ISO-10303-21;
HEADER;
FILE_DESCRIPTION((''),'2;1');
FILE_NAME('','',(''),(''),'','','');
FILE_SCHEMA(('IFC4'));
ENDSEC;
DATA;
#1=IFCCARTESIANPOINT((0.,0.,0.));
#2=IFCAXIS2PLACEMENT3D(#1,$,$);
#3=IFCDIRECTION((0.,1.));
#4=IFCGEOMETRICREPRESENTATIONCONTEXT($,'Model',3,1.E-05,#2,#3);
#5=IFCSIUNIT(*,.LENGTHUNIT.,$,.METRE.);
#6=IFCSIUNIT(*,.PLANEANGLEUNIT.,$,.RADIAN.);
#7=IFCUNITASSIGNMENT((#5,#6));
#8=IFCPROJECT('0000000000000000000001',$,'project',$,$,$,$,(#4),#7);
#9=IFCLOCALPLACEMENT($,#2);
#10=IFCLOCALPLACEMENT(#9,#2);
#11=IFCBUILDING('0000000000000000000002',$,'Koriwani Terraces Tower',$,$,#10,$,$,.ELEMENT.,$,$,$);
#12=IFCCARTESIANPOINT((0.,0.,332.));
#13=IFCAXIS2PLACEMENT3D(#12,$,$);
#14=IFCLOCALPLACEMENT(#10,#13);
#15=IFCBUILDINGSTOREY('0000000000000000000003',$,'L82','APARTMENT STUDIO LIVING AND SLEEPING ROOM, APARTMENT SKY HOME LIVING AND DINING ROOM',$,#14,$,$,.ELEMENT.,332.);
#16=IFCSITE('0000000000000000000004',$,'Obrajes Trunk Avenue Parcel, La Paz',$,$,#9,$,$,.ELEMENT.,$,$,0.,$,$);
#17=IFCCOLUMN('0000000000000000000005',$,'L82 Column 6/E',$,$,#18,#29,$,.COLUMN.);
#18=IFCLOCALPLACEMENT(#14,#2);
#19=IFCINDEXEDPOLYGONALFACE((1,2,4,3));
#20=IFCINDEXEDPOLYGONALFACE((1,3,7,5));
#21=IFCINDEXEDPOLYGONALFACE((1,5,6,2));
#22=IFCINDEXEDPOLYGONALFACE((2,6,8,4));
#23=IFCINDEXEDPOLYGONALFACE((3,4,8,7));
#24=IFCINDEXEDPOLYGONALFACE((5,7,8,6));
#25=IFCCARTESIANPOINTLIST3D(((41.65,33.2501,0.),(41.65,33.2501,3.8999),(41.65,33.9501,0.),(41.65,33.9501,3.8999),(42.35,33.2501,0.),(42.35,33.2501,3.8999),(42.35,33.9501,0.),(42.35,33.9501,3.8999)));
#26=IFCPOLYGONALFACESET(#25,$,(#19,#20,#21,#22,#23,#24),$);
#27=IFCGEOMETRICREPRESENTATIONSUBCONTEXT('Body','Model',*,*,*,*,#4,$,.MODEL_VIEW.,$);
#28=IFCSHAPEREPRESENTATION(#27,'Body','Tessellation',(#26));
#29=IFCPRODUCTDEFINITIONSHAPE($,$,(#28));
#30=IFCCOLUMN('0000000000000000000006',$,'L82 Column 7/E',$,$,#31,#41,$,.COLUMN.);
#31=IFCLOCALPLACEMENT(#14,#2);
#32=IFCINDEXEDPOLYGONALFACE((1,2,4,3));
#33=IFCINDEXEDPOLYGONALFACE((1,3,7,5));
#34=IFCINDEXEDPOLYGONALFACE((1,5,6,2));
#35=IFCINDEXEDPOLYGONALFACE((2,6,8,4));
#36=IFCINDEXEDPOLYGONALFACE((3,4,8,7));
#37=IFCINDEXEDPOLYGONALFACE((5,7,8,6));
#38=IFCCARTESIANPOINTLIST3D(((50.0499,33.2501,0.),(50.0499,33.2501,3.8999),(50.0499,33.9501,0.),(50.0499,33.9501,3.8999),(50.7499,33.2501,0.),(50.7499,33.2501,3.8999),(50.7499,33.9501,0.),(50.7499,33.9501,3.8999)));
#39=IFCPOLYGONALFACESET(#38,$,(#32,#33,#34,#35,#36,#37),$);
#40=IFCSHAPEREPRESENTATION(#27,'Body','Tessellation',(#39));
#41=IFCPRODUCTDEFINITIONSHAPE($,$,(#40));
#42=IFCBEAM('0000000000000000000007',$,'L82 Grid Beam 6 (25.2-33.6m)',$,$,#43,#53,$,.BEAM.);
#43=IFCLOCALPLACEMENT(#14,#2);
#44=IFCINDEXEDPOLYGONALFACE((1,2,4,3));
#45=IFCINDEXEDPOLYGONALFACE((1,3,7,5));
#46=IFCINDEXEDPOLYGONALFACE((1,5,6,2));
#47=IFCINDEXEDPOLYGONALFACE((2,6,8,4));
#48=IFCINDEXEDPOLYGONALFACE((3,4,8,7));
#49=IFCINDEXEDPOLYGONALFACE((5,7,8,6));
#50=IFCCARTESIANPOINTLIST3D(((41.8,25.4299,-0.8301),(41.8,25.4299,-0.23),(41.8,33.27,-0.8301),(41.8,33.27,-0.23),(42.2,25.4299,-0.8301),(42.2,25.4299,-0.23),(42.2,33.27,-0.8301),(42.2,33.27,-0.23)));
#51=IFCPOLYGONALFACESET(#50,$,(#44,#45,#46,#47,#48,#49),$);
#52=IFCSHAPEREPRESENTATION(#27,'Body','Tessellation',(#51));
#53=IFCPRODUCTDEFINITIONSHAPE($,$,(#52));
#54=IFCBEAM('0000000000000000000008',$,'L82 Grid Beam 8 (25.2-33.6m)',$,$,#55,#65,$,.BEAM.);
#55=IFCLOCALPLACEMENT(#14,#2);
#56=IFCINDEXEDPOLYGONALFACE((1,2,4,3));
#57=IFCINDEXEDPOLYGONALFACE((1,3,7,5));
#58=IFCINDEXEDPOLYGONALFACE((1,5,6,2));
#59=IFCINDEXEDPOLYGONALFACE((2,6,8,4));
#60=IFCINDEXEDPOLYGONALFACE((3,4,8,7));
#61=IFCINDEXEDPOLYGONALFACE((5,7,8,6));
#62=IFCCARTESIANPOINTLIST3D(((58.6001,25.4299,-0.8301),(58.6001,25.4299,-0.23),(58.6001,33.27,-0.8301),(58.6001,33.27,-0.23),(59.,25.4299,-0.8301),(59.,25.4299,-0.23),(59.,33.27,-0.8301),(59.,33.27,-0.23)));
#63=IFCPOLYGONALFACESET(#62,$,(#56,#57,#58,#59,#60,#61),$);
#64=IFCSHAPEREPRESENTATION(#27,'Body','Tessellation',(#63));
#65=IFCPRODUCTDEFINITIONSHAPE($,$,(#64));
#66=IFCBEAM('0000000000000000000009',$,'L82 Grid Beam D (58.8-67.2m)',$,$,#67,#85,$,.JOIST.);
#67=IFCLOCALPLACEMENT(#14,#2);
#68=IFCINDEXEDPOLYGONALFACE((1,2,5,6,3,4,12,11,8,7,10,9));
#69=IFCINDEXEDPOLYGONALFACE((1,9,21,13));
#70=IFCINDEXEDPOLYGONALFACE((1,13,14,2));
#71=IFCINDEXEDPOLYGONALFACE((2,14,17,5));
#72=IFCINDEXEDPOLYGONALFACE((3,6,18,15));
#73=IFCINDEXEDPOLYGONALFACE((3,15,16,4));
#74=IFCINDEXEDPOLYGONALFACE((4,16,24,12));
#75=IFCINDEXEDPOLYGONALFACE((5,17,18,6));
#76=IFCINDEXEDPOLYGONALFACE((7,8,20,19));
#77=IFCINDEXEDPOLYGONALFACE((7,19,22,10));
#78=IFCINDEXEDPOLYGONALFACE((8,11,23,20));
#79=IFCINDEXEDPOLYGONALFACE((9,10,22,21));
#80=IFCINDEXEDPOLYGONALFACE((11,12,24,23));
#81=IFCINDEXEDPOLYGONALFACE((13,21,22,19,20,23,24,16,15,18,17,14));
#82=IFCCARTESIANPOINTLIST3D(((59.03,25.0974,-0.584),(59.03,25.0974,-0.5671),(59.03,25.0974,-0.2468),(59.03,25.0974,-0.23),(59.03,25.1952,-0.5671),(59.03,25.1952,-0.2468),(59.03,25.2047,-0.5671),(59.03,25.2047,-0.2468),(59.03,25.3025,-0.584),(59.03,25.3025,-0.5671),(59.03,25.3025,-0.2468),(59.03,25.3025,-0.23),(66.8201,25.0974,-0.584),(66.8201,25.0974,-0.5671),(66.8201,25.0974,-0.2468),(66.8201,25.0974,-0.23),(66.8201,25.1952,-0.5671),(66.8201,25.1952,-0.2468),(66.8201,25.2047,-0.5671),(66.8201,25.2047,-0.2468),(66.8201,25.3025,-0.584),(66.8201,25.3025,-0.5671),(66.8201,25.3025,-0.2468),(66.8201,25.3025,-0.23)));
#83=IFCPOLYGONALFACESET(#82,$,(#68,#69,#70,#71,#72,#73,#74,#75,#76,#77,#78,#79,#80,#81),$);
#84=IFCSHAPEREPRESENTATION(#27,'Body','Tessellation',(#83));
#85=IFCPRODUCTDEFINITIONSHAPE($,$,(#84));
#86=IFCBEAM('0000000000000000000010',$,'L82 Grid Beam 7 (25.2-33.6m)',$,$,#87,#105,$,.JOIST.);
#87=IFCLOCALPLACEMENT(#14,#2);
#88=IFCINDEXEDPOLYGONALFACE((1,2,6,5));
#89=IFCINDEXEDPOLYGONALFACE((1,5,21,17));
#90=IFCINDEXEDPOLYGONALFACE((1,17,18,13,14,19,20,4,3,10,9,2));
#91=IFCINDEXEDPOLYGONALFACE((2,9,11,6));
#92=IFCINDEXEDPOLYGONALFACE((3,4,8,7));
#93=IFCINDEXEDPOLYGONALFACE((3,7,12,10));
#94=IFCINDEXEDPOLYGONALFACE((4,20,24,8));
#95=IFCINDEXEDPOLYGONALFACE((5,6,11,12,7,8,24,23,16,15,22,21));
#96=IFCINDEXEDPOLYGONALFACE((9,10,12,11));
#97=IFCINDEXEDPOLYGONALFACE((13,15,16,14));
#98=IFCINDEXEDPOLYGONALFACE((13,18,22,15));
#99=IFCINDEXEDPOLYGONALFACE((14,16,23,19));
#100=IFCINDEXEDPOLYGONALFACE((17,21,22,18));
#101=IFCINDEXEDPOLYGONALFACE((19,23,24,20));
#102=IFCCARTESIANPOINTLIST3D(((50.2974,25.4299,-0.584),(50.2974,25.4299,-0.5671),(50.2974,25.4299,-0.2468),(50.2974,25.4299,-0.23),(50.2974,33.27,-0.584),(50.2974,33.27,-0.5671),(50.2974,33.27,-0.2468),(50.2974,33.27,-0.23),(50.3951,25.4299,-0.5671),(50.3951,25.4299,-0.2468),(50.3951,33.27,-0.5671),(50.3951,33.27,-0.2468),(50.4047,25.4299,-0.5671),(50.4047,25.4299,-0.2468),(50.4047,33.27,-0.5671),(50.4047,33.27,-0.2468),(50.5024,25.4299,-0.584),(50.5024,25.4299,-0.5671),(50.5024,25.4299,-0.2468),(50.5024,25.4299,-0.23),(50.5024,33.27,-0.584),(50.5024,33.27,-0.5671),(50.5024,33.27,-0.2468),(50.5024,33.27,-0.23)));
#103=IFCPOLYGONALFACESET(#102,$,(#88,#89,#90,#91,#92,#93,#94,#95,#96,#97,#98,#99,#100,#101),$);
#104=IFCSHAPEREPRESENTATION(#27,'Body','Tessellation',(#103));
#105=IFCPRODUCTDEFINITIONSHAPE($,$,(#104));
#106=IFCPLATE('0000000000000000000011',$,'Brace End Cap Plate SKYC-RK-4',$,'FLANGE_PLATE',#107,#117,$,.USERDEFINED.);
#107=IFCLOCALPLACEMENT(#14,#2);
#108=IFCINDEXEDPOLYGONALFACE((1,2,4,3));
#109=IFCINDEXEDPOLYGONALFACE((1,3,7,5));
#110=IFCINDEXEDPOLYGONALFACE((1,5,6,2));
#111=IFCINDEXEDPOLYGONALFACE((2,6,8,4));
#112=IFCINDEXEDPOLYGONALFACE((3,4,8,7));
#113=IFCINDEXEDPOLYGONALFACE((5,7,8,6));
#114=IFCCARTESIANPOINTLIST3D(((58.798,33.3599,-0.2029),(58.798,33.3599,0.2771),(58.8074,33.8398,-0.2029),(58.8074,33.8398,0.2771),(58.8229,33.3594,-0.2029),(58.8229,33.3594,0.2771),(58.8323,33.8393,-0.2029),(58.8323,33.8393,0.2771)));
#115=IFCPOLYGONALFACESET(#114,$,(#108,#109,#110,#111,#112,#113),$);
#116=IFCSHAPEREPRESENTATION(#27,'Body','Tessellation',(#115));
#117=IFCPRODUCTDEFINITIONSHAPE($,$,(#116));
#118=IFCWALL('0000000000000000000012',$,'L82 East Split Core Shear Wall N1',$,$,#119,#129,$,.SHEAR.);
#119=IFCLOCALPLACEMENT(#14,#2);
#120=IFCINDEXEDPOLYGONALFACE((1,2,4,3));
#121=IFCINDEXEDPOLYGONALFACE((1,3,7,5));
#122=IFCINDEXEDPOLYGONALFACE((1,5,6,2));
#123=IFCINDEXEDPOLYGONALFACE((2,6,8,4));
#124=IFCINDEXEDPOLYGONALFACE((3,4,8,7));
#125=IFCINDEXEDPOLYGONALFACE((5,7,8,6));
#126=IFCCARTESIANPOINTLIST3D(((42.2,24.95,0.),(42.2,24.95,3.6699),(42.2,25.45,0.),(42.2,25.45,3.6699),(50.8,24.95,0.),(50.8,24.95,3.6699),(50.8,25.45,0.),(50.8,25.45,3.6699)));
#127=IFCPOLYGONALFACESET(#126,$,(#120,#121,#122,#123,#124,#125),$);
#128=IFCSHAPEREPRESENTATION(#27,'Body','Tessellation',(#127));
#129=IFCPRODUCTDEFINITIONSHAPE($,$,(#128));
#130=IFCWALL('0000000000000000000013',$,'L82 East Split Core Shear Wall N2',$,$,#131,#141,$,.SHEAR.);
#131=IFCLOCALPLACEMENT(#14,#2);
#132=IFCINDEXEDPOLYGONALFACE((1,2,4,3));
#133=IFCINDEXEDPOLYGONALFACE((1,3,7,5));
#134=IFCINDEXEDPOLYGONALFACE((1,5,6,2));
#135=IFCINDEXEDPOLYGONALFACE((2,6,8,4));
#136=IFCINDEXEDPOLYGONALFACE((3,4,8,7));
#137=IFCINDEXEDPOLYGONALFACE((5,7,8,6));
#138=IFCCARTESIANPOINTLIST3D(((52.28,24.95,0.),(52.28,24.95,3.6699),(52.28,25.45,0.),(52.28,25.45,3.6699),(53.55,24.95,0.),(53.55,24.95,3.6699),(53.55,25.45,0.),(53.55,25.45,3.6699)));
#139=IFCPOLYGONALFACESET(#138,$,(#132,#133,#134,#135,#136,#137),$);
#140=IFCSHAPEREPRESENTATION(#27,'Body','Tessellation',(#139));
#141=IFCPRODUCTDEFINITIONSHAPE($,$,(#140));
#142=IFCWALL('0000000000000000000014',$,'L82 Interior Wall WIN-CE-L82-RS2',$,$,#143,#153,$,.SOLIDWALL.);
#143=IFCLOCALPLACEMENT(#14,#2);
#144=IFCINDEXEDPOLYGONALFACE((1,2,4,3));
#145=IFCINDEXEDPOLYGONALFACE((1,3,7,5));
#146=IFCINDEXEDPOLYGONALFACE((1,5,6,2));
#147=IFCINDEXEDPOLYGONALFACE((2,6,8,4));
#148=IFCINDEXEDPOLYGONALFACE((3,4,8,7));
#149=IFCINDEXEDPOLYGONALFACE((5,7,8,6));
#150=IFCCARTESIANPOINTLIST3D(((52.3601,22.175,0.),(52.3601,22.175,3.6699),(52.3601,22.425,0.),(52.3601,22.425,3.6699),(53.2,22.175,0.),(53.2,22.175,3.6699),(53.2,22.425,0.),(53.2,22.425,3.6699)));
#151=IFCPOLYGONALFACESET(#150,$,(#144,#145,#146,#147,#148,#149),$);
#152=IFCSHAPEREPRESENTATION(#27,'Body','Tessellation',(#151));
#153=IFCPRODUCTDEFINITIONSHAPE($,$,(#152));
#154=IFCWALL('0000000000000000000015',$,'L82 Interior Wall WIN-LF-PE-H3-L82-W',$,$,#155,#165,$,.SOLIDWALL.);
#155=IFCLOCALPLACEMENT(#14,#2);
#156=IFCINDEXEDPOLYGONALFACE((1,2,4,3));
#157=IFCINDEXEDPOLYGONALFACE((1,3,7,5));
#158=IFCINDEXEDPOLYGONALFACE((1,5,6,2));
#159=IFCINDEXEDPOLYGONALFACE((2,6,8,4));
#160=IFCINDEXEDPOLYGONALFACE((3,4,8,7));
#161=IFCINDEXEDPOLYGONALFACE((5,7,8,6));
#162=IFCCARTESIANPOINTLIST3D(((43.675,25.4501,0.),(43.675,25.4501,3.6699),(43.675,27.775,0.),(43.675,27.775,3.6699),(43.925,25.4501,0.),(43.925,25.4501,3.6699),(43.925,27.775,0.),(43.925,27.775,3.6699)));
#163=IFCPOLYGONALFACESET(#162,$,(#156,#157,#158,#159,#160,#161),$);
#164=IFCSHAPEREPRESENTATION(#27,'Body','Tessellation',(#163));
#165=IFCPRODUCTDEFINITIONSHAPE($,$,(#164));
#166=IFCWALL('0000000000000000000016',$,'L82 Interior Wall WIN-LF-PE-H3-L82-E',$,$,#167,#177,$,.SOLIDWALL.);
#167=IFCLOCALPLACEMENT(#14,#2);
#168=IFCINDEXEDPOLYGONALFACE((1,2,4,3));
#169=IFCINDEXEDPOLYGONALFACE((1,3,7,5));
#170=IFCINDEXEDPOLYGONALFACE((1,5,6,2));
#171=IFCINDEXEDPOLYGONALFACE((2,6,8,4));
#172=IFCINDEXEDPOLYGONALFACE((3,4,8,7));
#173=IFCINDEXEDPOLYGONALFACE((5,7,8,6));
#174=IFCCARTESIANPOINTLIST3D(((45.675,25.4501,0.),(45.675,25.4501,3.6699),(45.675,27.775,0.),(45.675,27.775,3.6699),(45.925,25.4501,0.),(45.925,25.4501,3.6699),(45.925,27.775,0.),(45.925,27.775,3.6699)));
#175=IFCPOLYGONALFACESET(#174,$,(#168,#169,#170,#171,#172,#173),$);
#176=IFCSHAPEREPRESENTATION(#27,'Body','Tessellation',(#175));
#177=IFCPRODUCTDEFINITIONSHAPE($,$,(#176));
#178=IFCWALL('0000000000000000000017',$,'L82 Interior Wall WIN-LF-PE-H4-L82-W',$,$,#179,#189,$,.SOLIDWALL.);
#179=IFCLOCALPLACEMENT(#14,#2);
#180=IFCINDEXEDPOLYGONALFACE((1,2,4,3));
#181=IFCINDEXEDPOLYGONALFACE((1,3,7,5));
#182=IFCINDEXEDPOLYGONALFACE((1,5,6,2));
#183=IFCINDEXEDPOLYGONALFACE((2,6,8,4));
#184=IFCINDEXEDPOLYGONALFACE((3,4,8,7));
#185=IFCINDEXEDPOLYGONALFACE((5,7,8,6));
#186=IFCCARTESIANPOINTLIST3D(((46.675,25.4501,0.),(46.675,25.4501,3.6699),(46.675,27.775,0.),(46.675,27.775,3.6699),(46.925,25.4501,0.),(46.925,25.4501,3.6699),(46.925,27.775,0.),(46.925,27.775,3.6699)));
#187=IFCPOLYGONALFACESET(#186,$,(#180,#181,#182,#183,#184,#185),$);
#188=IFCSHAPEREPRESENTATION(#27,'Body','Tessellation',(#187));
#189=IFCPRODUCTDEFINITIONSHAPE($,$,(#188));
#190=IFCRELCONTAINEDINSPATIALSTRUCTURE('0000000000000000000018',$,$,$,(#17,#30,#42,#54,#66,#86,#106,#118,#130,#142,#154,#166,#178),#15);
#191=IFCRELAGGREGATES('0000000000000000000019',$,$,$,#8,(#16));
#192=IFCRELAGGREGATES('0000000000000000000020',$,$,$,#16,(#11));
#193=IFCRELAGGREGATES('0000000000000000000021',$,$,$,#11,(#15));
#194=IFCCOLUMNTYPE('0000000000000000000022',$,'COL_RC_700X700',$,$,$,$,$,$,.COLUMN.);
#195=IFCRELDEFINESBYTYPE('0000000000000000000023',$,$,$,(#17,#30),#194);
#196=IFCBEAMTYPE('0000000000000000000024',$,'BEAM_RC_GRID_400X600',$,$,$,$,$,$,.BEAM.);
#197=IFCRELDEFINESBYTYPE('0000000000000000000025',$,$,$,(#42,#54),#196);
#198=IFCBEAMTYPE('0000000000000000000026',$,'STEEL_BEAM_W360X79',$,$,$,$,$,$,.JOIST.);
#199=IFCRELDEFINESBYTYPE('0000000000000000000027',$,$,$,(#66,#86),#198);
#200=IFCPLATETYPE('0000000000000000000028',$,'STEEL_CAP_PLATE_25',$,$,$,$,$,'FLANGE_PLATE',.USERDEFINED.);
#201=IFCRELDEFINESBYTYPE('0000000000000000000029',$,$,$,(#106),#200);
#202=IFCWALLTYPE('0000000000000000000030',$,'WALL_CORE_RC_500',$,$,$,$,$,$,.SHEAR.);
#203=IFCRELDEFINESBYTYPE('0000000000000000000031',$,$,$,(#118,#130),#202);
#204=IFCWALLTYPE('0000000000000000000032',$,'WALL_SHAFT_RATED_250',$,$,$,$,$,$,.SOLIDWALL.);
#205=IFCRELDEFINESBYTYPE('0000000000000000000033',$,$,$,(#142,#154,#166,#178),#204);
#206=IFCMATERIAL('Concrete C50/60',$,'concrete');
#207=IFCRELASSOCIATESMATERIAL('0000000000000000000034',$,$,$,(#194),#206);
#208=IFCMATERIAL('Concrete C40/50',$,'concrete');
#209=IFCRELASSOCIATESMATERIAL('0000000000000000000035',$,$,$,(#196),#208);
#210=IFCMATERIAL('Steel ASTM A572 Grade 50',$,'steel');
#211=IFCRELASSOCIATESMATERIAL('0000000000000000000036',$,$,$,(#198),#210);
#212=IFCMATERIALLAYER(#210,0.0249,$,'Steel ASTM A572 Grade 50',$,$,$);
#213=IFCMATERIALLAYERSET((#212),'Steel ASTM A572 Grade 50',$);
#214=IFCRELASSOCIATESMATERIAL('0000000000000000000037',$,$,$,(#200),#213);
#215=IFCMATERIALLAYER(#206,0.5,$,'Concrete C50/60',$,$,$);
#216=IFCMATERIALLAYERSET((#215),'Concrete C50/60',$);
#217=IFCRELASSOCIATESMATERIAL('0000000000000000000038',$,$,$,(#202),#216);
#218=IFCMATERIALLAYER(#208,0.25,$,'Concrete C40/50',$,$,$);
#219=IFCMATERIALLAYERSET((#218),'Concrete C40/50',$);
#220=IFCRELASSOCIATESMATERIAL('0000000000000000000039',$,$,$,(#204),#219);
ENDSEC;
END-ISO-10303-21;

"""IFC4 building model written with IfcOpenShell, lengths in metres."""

from ifc_helpers import new_model, si_unit, direction, frame, frame_2d, origin, origin_2d, place, context, subcontext, project, spatial, rectangle, i_section, extrude, material, layer, layer_set, material_profile, profile_set, type_object, element, save


model = new_model("IFC4")

# Units and contexts
model_context = context("Model", 3, precision=1e-05, world=origin(), true_north=direction((0.0, 1.0)))
body_context = subcontext(model_context, "Body", "Model", "MODEL_VIEW")
ifc_project = project(units=[si_unit("LENGTHUNIT", "METRE"), si_unit("PLANEANGLEUNIT", "RADIAN")], contexts=[model_context])

# Site, building, storey
site_placement = place(None, origin())
site = spatial("IfcSite", under=ifc_project, at=site_placement, Name="Obrajes Trunk Avenue Parcel, La Paz", CompositionType="ELEMENT", RefElevation=0.0)
building_placement = place(site_placement, origin())
building = spatial("IfcBuilding", under=site, at=building_placement, Name="Koriwani Terraces Tower", CompositionType="ELEMENT")
storey_placement = place(building_placement, frame((0.0, 0.0, 332.0)))
storey = spatial("IfcBuildingStorey", under=building, at=storey_placement, Name="L82", Description="APARTMENT STUDIO LIVING AND SLEEPING ROOM, APARTMENT SKY HOME LIVING AND DINING ROOM", CompositionType="ELEMENT", Elevation=332.0)

# Columns
ifc_material_1 = material(Name="Concrete C50/60", Category="concrete")
ifc_material_profile_1 = material_profile(ifc_material_1, rectangle(XDim=0.7, YDim=0.7, at=origin_2d()), Name="Concrete C50/60", Category="LoadBearing")
ifc_profile_set_1 = profile_set([ifc_material_profile_1], Name="Concrete C50/60")
column_type = type_object("IfcColumnType", Name="COL_RC_700X700", PredefinedType="COLUMN", material=ifc_profile_set_1)
for number, where, z_axis, x_axis, name in (
    (1, (42.0, 33.6001, 0.0), (0.0, 0.0, 1.0), (1.0, 0.0, 0.0), "L82 Column 6/E"),
    (2, (50.3999, 33.6001, 0.0), (0.0, 0.0, 1.0), (1.0, 0.0, 0.0), "L82 Column 7/E"),
):
    element("IfcColumn", number, at=place(storey_placement, frame(where, z_axis=z_axis, x_axis=x_axis)), inside=storey, type_object=column_type, Name=name, PredefinedType="COLUMN", context=body_context, shape_type="SweptSolid", body=[
        extrude(rectangle(XDim=0.7, YDim=0.7, at=origin_2d()), origin(), (0.0, 0.0, 1.0), 3.8999),
    ])

# Beams
ifc_material_2 = material(Name="Concrete C40/50", Category="concrete")
ifc_material_profile_2 = material_profile(ifc_material_2, rectangle(XDim=0.3999, YDim=0.6001, at=origin_2d()), Name="Concrete C40/50", Category="LoadBearing")
ifc_profile_set_2 = profile_set([ifc_material_profile_2], Name="Concrete C40/50")
beam_type_1 = type_object("IfcBeamType", Name="BEAM_RC_GRID_400X600", PredefinedType="BEAM", material=ifc_profile_set_2)
for number, where, z_axis, x_axis, name in (
    (3, (42.0, 25.4299, -0.53), (0.0, 1.0, 0.0), (-1.0, 0.0, 0.0), "L82 Grid Beam 6 (25.2-33.6m)"),
    (4, (58.8, 25.4299, -0.53), (0.0, 1.0, 0.0), (-1.0, 0.0, 0.0), "L82 Grid Beam 8 (25.2-33.6m)"),
):
    element("IfcBeam", number, at=place(storey_placement, frame(where, z_axis=z_axis, x_axis=x_axis)), inside=storey, type_object=beam_type_1, Name=name, PredefinedType="BEAM", context=body_context, shape_type="SweptSolid", body=[
        extrude(rectangle(XDim=0.3999, YDim=0.6001, at=origin_2d()), origin(), (0.0, 0.0, 1.0), 7.8401),
    ])
ifc_material_3 = material(Name="Steel ASTM A572 Grade 50", Category="steel")
ifc_material_profile_3 = material_profile(ifc_material_3, i_section(OverallWidth=0.2051, OverallDepth=0.354, WebThickness=0.0095, FlangeThickness=0.0168, at=origin_2d()), Name="Steel ASTM A572 Grade 50", Category="LoadBearing")
ifc_profile_set_3 = profile_set([ifc_material_profile_3], Name="Steel ASTM A572 Grade 50")
beam_type_2 = type_object("IfcBeamType", Name="STEEL_BEAM_W360X79", PredefinedType="JOIST", material=ifc_profile_set_3)
beam_1_placement = place(storey_placement, frame((59.03, 25.2, -0.407), z_axis=(1.0, 0.0, 0.0), x_axis=(0.0, 1.0, 0.0)))
element("IfcBeam", 5, at=beam_1_placement, inside=storey, type_object=beam_type_2, Name="L82 Grid Beam D (58.8-67.2m)", PredefinedType="JOIST", context=body_context, shape_type="SweptSolid", body=[
    extrude(i_section(OverallWidth=0.2051, OverallDepth=0.354, WebThickness=0.0095, FlangeThickness=0.0168, at=origin_2d()), origin(), (0.0, 0.0, 1.0), 7.79),
])
beam_2_placement = place(storey_placement, frame((50.3999, 25.4299, -0.407), z_axis=(0.0, 1.0, 0.0), x_axis=(-1.0, 0.0, 0.0)))
element("IfcBeam", 6, at=beam_2_placement, inside=storey, type_object=beam_type_2, Name="L82 Grid Beam 7 (25.2-33.6m)", PredefinedType="JOIST", context=body_context, shape_type="SweptSolid", body=[
    extrude(i_section(OverallWidth=0.2051, OverallDepth=0.354, WebThickness=0.0095, FlangeThickness=0.0168, at=origin_2d()), origin(), (0.0, 0.0, 1.0), 7.8401),
])

# Plate
ifc_layer_1 = layer(ifc_material_3, 0.0249, Name="Steel ASTM A572 Grade 50")
ifc_layer_set_1 = layer_set([ifc_layer_1], Name="Steel ASTM A572 Grade 50")
plate_type = type_object("IfcPlateType", Name="STEEL_CAP_PLATE_25", ElementType="FLANGE_PLATE", PredefinedType="USERDEFINED", material=ifc_layer_set_1)
plate_placement = place(storey_placement, frame((58.8152, 33.5996, -0.2029), z_axis=(0.0, 0.0, 1.0), x_axis=(0.999809, -0.019546, 0.0)))
element("IfcPlate", 7, at=plate_placement, inside=storey, type_object=plate_type, Name="Brace End Cap Plate SKYC-RK-4", ObjectType="FLANGE_PLATE", PredefinedType="USERDEFINED", context=body_context, shape_type="SweptSolid", body=[
    extrude(rectangle(XDim=0.0249, YDim=0.48, at=origin_2d()), origin(), (0.0, 0.0, 1.0), 0.48),
])

# Walls
ifc_layer_2 = layer(ifc_material_1, 0.5, Name="Concrete C50/60")
ifc_layer_set_2 = layer_set([ifc_layer_2], Name="Concrete C50/60")
wall_type_1 = type_object("IfcWallType", Name="WALL_CORE_RC_500", PredefinedType="SHEAR", material=ifc_layer_set_2)
wall_1_placement = place(storey_placement, frame((42.2, 25.2, 0.0), z_axis=(0.0, 0.0, 1.0), x_axis=(1.0, 0.0, 0.0)))
element("IfcWall", 8, at=wall_1_placement, inside=storey, type_object=wall_type_1, Name="L82 East Split Core Shear Wall N1", PredefinedType="SHEAR", context=body_context, shape_type="SweptSolid", body=[
    extrude(rectangle(XDim=8.6001, YDim=0.5, at=frame_2d((4.3, 0.0))), origin(), (0.0, 0.0, 1.0), 3.6699),
])
wall_2_placement = place(storey_placement, frame((52.28, 25.2, 0.0), z_axis=(0.0, 0.0, 1.0), x_axis=(1.0, 0.0, 0.0)))
element("IfcWall", 9, at=wall_2_placement, inside=storey, type_object=wall_type_1, Name="L82 East Split Core Shear Wall N2", PredefinedType="SHEAR", context=body_context, shape_type="SweptSolid", body=[
    extrude(rectangle(XDim=1.27, YDim=0.5, at=frame_2d((0.635, 0.0))), origin(), (0.0, 0.0, 1.0), 3.6699),
])

# Shared definitions
ifc_layer_3 = layer(ifc_material_2, 0.25, Name="Concrete C40/50")
ifc_layer_set_3 = layer_set([ifc_layer_3], Name="Concrete C40/50")
wall_type_2 = type_object("IfcWallType", Name="WALL_SHAFT_RATED_250", PredefinedType="SOLIDWALL", material=ifc_layer_set_3)

# Wall
wall_3_placement = place(storey_placement, frame((52.3601, 22.3, 0.0), z_axis=(0.0, 0.0, 1.0), x_axis=(1.0, 0.0, 0.0)))
element("IfcWall", 10, at=wall_3_placement, inside=storey, type_object=wall_type_2, Name="L82 Interior Wall WIN-CE-L82-RS2", PredefinedType="SOLIDWALL", context=body_context, shape_type="SweptSolid", body=[
    extrude(rectangle(XDim=0.8398, YDim=0.25, at=frame_2d((0.4199, 0.0))), origin(), (0.0, 0.0, 1.0), 3.6699),
])

# Walls
for number, where, z_axis, x_axis, name in (
    (11, (43.8, 25.45, 0.0), (0.0, 0.0, 1.0), (0.0, 1.0, 0.0), "L82 Interior Wall WIN-LF-PE-H3-L82-W"),
    (12, (45.8, 25.45, 0.0), (0.0, 0.0, 1.0), (0.0, 1.0, 0.0), "L82 Interior Wall WIN-LF-PE-H3-L82-E"),
):
    element("IfcWall", number, at=place(storey_placement, frame(where, z_axis=z_axis, x_axis=x_axis)), inside=storey, type_object=wall_type_2, Name=name, PredefinedType="SOLIDWALL", context=body_context, shape_type="SweptSolid", body=[
        extrude(rectangle(XDim=2.325, YDim=0.25, at=frame_2d((1.1626, 0.0))), origin(), (0.0, 0.0, 1.0), 3.6699),
    ])

# Wall
for number, where, z_axis, x_axis, name in (
    (13, (46.8, 25.45, 0.0), (0.0, 0.0, 1.0), (0.0, 1.0, 0.0), "L82 Interior Wall WIN-LF-PE-H4-L82-W"),
):
    element("IfcWall", number, at=place(storey_placement, frame(where, z_axis=z_axis, x_axis=x_axis)), inside=storey, type_object=wall_type_2, Name=name, PredefinedType="SOLIDWALL", context=body_context, shape_type="SweptSolid", body=[
        extrude(rectangle(XDim=2.325, YDim=0.25, at=frame_2d((1.1626, 0.0))), origin(), (0.0, 0.0, 1.0), 3.6699),
    ])

save(model, "model.ifc")
